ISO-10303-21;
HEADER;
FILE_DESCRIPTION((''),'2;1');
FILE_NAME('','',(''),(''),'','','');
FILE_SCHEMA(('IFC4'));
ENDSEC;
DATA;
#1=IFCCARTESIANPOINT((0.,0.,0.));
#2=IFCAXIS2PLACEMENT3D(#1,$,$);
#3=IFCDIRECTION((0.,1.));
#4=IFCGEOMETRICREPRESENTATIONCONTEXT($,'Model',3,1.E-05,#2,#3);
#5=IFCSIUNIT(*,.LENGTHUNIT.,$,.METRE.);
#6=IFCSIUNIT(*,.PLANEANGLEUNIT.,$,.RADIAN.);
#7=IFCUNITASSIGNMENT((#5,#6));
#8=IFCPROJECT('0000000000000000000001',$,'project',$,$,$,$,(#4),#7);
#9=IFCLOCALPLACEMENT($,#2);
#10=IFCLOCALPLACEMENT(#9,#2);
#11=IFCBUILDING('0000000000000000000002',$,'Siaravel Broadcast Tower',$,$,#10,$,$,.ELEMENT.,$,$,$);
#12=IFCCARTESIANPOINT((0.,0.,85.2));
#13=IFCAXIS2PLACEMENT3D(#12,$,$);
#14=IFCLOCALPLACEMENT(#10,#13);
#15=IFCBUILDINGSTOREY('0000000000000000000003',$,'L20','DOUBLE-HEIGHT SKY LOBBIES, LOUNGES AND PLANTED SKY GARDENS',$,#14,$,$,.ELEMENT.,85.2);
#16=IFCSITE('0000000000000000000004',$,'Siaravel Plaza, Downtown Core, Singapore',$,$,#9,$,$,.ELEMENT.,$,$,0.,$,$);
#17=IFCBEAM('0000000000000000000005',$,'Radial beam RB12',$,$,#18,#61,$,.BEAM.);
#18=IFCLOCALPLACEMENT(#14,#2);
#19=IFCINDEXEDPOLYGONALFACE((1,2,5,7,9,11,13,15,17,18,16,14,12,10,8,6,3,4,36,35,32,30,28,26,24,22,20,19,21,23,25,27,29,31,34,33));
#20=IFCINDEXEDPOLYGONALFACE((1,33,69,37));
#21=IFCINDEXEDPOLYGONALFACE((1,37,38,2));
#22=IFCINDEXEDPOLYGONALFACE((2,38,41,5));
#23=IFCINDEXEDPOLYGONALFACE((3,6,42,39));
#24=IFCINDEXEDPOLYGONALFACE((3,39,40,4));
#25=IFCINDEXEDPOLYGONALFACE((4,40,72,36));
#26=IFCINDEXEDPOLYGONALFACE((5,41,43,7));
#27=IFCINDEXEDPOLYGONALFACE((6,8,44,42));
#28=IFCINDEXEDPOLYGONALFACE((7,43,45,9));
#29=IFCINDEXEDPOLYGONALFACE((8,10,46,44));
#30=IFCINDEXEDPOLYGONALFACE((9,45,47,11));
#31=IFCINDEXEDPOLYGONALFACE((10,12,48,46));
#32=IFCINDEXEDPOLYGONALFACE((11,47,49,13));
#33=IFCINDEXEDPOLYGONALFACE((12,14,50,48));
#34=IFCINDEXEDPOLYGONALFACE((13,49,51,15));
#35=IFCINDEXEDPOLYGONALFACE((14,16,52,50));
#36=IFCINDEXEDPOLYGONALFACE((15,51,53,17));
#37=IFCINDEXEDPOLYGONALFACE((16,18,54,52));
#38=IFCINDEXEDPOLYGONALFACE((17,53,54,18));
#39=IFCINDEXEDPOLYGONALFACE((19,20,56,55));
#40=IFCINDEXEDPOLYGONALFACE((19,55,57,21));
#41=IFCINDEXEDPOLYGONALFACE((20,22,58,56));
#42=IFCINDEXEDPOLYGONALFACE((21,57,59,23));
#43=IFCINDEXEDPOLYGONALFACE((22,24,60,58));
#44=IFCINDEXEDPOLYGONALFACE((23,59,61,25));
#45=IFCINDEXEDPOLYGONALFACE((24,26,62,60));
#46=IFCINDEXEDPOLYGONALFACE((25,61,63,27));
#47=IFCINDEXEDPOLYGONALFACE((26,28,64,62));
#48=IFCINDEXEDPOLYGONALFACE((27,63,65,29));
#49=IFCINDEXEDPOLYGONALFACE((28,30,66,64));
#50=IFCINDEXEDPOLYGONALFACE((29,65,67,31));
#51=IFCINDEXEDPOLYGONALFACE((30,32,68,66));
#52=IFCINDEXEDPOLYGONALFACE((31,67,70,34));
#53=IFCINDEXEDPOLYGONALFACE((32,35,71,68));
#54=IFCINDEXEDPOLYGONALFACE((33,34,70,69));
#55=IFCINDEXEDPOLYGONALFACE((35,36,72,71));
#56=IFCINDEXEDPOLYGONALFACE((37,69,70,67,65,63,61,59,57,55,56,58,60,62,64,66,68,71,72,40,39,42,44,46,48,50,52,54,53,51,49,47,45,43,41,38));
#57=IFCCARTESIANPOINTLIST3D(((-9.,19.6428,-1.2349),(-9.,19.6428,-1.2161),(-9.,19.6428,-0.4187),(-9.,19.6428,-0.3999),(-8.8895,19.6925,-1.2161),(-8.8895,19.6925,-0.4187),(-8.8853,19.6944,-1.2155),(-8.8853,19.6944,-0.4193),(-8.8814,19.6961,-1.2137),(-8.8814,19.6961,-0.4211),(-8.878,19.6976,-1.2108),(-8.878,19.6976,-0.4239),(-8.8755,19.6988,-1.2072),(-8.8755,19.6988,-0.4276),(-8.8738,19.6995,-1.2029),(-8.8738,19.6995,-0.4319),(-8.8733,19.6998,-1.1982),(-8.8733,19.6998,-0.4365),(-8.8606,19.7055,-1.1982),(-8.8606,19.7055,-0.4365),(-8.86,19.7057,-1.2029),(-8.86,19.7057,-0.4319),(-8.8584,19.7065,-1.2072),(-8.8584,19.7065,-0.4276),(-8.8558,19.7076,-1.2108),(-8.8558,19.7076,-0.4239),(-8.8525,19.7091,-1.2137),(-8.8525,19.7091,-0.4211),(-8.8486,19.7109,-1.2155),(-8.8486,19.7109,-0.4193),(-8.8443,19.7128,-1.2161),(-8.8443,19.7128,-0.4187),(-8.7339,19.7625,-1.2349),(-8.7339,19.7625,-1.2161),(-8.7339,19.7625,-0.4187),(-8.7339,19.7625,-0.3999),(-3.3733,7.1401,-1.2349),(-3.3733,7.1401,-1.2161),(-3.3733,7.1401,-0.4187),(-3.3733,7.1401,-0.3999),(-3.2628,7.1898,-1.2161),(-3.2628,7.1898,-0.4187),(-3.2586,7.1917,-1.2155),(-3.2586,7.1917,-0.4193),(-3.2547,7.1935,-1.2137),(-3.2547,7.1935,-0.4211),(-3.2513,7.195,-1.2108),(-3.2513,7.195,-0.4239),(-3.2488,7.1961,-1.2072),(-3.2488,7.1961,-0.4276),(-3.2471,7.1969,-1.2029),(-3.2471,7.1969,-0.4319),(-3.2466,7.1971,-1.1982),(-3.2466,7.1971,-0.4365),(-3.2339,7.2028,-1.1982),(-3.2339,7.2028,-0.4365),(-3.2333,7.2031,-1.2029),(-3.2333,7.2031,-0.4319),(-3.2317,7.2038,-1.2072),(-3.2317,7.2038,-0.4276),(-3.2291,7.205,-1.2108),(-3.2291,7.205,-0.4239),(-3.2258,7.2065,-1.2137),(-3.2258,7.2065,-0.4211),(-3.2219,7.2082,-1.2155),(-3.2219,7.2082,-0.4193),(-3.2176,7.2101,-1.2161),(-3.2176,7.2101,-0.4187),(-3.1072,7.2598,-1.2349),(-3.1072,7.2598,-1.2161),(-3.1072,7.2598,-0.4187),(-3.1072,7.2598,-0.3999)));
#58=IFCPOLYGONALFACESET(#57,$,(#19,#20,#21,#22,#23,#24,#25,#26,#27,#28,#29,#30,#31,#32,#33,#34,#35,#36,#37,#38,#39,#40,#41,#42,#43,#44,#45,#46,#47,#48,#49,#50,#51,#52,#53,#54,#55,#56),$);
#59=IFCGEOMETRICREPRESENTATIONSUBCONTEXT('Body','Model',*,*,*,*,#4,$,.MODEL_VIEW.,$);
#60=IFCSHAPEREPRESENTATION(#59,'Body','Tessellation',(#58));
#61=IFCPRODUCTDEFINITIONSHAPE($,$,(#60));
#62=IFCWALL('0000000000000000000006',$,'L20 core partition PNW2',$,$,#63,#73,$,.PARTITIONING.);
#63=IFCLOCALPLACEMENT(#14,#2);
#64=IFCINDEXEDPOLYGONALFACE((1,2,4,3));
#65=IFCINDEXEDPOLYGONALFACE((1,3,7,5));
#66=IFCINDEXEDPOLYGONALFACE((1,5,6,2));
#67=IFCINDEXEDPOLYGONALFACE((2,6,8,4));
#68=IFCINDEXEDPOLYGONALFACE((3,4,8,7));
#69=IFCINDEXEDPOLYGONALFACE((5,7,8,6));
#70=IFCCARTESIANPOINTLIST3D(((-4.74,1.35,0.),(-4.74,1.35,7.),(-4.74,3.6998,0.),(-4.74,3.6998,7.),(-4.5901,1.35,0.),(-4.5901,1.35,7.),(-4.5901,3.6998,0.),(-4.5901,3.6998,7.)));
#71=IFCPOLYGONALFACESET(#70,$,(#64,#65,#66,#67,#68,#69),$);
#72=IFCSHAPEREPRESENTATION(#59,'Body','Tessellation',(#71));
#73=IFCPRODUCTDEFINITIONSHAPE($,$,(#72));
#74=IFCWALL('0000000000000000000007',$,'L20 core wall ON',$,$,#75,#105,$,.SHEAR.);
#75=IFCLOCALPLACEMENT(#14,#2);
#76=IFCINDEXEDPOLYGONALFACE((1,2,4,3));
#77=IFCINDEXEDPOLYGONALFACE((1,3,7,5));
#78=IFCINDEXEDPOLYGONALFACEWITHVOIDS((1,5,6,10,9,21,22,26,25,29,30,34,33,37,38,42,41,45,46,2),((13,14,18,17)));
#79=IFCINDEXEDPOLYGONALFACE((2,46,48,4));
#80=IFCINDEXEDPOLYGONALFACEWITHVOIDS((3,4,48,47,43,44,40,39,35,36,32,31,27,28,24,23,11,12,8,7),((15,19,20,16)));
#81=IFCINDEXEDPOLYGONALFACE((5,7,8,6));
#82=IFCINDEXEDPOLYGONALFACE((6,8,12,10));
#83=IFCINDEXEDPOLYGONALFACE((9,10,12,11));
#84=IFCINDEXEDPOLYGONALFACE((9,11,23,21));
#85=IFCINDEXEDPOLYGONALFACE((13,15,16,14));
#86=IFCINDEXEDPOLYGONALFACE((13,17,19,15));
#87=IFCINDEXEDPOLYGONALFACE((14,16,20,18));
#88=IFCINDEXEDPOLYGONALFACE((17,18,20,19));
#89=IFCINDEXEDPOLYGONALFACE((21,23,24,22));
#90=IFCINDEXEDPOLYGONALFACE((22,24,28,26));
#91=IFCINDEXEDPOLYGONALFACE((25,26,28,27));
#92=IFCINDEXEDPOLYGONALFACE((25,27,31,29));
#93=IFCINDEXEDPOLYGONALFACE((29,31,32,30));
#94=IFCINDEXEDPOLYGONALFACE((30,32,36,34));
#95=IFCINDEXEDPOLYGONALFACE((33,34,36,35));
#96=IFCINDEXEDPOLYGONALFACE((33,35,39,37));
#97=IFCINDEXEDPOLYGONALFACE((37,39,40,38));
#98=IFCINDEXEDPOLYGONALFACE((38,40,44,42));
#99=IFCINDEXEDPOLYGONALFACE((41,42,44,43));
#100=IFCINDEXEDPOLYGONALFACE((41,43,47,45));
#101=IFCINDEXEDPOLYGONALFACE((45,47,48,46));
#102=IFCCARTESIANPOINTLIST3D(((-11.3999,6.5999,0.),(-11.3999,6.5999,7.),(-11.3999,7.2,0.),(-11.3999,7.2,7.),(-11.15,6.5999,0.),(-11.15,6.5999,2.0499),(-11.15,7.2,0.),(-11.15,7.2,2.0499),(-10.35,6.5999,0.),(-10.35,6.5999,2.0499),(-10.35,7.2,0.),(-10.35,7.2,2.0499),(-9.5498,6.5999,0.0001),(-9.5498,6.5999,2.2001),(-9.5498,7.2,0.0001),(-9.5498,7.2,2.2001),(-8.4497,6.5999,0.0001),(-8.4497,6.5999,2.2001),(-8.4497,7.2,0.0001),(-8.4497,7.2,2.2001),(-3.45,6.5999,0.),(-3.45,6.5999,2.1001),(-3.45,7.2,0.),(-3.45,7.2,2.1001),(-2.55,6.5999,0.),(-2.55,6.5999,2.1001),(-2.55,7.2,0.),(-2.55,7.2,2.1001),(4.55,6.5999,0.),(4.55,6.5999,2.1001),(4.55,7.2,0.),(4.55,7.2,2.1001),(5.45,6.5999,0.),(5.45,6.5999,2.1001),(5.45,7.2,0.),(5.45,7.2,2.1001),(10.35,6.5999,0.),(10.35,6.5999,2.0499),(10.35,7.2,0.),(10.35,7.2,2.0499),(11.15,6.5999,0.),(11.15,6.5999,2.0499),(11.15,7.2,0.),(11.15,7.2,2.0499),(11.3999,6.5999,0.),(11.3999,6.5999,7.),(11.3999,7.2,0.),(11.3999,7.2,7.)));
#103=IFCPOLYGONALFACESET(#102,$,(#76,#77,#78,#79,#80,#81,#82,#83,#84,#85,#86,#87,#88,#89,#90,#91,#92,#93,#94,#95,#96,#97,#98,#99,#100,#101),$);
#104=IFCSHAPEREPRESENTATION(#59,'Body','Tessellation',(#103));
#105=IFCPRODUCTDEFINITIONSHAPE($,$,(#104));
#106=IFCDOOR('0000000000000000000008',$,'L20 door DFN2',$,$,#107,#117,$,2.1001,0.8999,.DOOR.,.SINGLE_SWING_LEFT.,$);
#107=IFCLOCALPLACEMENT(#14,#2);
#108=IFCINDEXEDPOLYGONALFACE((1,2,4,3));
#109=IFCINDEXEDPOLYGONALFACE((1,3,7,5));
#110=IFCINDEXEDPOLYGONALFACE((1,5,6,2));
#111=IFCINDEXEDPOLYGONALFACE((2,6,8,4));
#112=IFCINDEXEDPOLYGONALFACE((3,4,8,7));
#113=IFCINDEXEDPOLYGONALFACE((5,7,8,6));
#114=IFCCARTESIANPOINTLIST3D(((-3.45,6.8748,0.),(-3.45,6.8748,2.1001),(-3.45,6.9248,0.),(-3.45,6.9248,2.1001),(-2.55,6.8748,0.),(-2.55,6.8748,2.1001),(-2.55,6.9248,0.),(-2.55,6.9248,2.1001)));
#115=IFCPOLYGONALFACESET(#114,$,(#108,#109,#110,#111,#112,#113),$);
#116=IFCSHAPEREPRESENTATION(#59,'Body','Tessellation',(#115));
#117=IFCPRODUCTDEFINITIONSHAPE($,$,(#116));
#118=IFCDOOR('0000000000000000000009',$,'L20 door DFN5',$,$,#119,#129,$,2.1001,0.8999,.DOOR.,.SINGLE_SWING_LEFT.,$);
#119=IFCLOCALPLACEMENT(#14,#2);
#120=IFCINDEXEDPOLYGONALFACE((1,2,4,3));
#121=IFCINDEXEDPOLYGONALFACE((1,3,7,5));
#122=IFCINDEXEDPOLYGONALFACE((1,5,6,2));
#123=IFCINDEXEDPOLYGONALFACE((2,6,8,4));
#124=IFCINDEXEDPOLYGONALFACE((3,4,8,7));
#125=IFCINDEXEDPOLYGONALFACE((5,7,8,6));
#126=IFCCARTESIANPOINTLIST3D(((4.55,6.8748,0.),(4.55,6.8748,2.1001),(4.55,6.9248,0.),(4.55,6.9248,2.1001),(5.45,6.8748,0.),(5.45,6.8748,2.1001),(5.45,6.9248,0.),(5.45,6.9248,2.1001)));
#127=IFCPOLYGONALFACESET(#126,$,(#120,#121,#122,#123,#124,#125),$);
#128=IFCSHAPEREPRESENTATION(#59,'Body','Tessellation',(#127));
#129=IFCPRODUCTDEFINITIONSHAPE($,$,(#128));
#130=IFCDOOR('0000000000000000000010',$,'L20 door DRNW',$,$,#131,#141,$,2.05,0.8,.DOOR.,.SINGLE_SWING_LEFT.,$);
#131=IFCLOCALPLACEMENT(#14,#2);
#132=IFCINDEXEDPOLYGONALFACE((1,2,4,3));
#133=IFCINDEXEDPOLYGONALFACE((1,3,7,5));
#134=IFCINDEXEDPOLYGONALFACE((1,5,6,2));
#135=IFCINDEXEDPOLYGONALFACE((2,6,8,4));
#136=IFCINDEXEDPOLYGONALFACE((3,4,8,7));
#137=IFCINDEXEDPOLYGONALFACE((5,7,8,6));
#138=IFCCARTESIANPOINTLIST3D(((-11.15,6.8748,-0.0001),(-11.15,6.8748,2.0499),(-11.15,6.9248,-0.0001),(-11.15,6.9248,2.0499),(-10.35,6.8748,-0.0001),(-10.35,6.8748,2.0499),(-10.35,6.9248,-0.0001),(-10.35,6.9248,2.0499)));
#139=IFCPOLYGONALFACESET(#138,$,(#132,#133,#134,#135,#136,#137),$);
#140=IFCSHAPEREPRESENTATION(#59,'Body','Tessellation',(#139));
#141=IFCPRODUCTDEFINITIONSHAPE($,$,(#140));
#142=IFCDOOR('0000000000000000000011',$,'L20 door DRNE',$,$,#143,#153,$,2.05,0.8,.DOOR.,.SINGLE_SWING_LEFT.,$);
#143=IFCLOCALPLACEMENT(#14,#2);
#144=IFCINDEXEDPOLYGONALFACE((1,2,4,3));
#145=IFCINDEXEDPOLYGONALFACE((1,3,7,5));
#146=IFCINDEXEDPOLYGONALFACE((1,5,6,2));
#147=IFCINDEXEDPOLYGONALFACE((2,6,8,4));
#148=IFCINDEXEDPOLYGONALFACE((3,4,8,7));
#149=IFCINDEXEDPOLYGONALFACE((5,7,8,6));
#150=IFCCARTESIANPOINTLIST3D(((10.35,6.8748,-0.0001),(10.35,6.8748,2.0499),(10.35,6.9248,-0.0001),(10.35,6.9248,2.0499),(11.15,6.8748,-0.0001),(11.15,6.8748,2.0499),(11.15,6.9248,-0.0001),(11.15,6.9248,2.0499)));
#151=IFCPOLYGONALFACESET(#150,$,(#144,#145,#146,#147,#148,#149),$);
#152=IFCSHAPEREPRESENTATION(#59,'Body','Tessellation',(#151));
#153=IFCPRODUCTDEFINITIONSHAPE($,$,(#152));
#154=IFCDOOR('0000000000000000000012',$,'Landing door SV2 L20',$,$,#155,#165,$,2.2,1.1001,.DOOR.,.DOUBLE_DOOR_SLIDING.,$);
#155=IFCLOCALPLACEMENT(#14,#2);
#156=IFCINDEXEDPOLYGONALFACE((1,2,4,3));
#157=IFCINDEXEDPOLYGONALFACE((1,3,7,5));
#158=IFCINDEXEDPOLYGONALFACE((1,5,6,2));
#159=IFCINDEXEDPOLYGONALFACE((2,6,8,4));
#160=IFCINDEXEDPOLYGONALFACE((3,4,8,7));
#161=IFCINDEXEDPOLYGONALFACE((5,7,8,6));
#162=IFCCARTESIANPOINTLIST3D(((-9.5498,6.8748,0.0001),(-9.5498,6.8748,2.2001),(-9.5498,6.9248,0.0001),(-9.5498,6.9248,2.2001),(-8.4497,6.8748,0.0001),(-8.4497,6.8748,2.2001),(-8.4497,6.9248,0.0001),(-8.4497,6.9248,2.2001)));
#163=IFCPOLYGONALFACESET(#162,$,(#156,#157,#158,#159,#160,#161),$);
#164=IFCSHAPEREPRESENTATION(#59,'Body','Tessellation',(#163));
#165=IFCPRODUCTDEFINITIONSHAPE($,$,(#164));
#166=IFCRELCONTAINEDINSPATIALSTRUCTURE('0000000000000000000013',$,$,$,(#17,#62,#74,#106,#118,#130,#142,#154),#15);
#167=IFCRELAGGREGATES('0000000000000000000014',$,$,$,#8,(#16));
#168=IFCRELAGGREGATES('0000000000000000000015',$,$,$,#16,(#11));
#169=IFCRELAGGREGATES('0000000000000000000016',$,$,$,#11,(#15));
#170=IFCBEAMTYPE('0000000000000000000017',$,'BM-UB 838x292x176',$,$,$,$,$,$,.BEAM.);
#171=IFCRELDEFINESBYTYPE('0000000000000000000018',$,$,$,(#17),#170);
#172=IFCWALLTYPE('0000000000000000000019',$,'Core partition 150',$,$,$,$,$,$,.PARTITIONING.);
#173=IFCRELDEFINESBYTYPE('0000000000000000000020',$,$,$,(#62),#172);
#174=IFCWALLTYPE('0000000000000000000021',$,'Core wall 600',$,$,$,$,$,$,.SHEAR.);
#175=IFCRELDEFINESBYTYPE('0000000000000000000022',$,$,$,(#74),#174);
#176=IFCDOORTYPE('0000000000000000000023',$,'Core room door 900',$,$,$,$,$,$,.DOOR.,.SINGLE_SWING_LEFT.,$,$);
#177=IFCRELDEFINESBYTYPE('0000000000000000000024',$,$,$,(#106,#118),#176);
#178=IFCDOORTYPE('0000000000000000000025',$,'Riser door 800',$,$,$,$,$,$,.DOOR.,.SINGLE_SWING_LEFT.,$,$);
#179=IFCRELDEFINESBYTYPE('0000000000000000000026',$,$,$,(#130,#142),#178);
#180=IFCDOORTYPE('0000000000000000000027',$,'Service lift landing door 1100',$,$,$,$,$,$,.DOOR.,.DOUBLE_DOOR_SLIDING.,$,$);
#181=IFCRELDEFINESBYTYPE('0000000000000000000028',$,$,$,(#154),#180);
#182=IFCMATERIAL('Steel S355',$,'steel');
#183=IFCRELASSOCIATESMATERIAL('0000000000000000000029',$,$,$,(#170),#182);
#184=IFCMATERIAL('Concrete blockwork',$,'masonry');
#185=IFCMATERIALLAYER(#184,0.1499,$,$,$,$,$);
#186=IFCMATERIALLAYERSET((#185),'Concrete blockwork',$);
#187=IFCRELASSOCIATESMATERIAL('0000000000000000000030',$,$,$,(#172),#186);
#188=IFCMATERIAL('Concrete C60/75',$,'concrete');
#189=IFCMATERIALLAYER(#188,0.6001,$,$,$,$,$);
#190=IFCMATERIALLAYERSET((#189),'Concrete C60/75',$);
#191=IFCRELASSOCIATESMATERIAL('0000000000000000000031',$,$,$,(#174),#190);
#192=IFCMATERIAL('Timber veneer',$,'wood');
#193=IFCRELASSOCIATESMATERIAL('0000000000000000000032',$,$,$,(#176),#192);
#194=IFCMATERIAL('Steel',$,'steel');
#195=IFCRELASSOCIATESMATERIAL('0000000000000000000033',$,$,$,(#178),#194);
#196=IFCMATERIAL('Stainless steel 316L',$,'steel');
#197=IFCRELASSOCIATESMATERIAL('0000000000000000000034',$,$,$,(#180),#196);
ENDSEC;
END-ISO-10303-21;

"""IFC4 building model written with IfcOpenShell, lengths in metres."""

from ifc_helpers import new_model, si_unit, direction, frame, frame_2d, origin, origin_2d, place, context, subcontext, project, spatial, rectangle, i_section, extrude, material, layer, layer_set, material_profile, profile_set, type_object, element, fill, save


model = new_model("IFC4")

# Units and contexts
model_context = context("Model", 3, precision=1e-05, world=origin(), true_north=direction((0.0, 1.0)))
body_context = subcontext(model_context, "Body", "Model", "MODEL_VIEW")
ifc_project = project(units=[si_unit("LENGTHUNIT", "METRE"), si_unit("PLANEANGLEUNIT", "RADIAN")], contexts=[model_context])

# Site, building, storey
site_placement = place(None, origin())
site = spatial("IfcSite", under=ifc_project, at=site_placement, Name="Siaravel Plaza, Downtown Core, Singapore", CompositionType="ELEMENT", RefElevation=0.0)
building_placement = place(site_placement, origin())
building = spatial("IfcBuilding", under=site, at=building_placement, Name="Siaravel Broadcast Tower", CompositionType="ELEMENT")
storey_placement = place(building_placement, frame((0.0, 0.0, 85.2)))
storey = spatial("IfcBuildingStorey", under=building, at=storey_placement, Name="L20", Description="DOUBLE-HEIGHT SKY LOBBIES, LOUNGES AND PLANTED SKY GARDENS", CompositionType="ELEMENT", Elevation=85.2)

# Beam
ifc_material_1 = material(Name="Steel S355", Category="steel")
ifc_material_profile_1 = material_profile(ifc_material_1, i_section(OverallWidth=0.2917, OverallDepth=0.835, WebThickness=0.0139, FlangeThickness=0.0188, FilletRadius=0.0178, at=origin_2d()))
ifc_profile_set_1 = profile_set([ifc_material_profile_1], Name="Steel S355")
beam_type = type_object("IfcBeamType", Name="BM-UB 838x292x176", PredefinedType="BEAM", material=ifc_profile_set_1)
beam_1_placement = place(storey_placement, frame((-8.8669, 19.7026, -0.8174), z_axis=(0.410395, -0.911908, 0.0), x_axis=(0.911908, 0.410395, 0.0)))
element("IfcBeam", 1, at=beam_1_placement, inside=storey, type_object=beam_type, Name="Radial beam RB12", PredefinedType="BEAM", context=body_context, shape_type="SweptSolid", body=[
    extrude(i_section(OverallWidth=0.2917, OverallDepth=0.835, WebThickness=0.0139, FlangeThickness=0.0188, FilletRadius=0.0178, at=origin_2d()), origin(), (0.0, 0.0, 1.0), 13.7104),
])

# Wall
ifc_material_2 = material(Name="Concrete blockwork", Category="masonry")
ifc_layer_1 = layer(ifc_material_2, 0.1499)
ifc_layer_set_1 = layer_set([ifc_layer_1], Name="Concrete blockwork")
wall_type_1 = type_object("IfcWallType", Name="Core partition 150", PredefinedType="PARTITIONING", material=ifc_layer_set_1)
wall_1_placement = place(storey_placement, frame((-4.665, 1.3501, 0.0), z_axis=(0.0, 0.0, 1.0), x_axis=(0.0, 1.0, 0.0)))
element("IfcWall", 2, at=wall_1_placement, inside=storey, type_object=wall_type_1, Name="L20 core partition PNW2", PredefinedType="PARTITIONING", context=body_context, shape_type="SweptSolid", body=[
    extrude(rectangle(XDim=2.3499, YDim=0.1499, at=frame_2d((1.1748, 0.0))), origin(), (0.0, 0.0, 1.0), 7.0),
])

# Wall, openings, doors
ifc_material_3 = material(Name="Concrete C60/75", Category="concrete")
ifc_layer_2 = layer(ifc_material_3, 0.6001)
ifc_layer_set_2 = layer_set([ifc_layer_2], Name="Concrete C60/75")
wall_type_2 = type_object("IfcWallType", Name="Core wall 600", PredefinedType="SHEAR", material=ifc_layer_set_2)
wall_2_placement = place(storey_placement, frame((-11.3999, 6.8999, 0.0), z_axis=(0.0, 0.0, 1.0), x_axis=(1.0, 0.0, 0.0)))
wall_2 = element("IfcWall", 3, at=wall_2_placement, inside=storey, type_object=wall_type_2, Name="L20 core wall ON", PredefinedType="SHEAR", context=body_context, shape_type="SweptSolid", body=[
    extrude(rectangle(XDim=22.7998, YDim=0.6001, at=frame_2d((11.3999, 0.0))), origin(), (0.0, 0.0, 1.0), 7.0),
])
opening_1_placement = place(wall_2_placement, frame((1.8501, 0.0, 0.0)))
opening_1 = element("IfcOpeningElement", 4, at=opening_1_placement, cuts=wall_2, PredefinedType="OPENING", context=body_context, shape_type="SweptSolid", body=[
    extrude(rectangle(XDim=1.1001, YDim=2.2, at=frame_2d((0.55, 1.1001))), frame((0.0, 0.3101, 0.0), z_axis=(0.0, -1.0, 0.0), x_axis=(1.0, 0.0, 0.0)), (0.0, 0.0, 1.0), 0.6201),
])
opening_2_placement = place(wall_2_placement, frame((7.95, 0.0, 0.0)))
opening_2 = element("IfcOpeningElement", 5, at=opening_2_placement, cuts=wall_2, PredefinedType="OPENING", context=body_context, shape_type="SweptSolid", body=[
    extrude(rectangle(XDim=0.8999, YDim=2.1001, at=frame_2d((0.45, 1.05))), frame((0.0, 0.3101, 0.0), z_axis=(0.0, -1.0, 0.0), x_axis=(1.0, 0.0, 0.0)), (0.0, 0.0, 1.0), 0.6201),
])
opening_3_placement = place(wall_2_placement, frame((15.95, 0.0, 0.0)))
opening_3 = element("IfcOpeningElement", 6, at=opening_3_placement, cuts=wall_2, PredefinedType="OPENING", context=body_context, shape_type="SweptSolid", body=[
    extrude(rectangle(XDim=0.8999, YDim=2.1001, at=frame_2d((0.45, 1.05))), frame((0.0, 0.3101, 0.0), z_axis=(0.0, -1.0, 0.0), x_axis=(1.0, 0.0, 0.0)), (0.0, 0.0, 1.0), 0.6201),
])
opening_4_placement = place(wall_2_placement, frame((0.25, 0.0, 0.0)))
opening_4 = element("IfcOpeningElement", 7, at=opening_4_placement, cuts=wall_2, PredefinedType="OPENING", context=body_context, shape_type="SweptSolid", body=[
    extrude(rectangle(XDim=0.8, YDim=2.05, at=frame_2d((0.3999, 1.0249))), frame((0.0, 0.3101, 0.0), z_axis=(0.0, -1.0, 0.0), x_axis=(1.0, 0.0, 0.0)), (0.0, 0.0, 1.0), 0.6201),
])
opening_5_placement = place(wall_2_placement, frame((21.75, 0.0, 0.0)))
opening_5 = element("IfcOpeningElement", 8, at=opening_5_placement, cuts=wall_2, PredefinedType="OPENING", context=body_context, shape_type="SweptSolid", body=[
    extrude(rectangle(XDim=0.8, YDim=2.05, at=frame_2d((0.3999, 1.0249))), frame((0.0, 0.3101, 0.0), z_axis=(0.0, -1.0, 0.0), x_axis=(1.0, 0.0, 0.0)), (0.0, 0.0, 1.0), 0.6201),
])
ifc_material_4 = material(Name="Timber veneer", Category="wood")
door_type_1 = type_object("IfcDoorType", Name="Core room door 900", OperationType="SINGLE_SWING_LEFT", PredefinedType="DOOR", material=ifc_material_4)
door_1_placement = place(opening_2_placement, origin())
door_1 = element("IfcDoor", 9, at=door_1_placement, inside=storey, type_object=door_type_1, Name="L20 door DFN2", OperationType="SINGLE_SWING_LEFT", OverallHeight=2.1001, OverallWidth=0.8999, PredefinedType="DOOR", context=body_context, shape_type="SweptSolid", body=[
    extrude(rectangle(XDim=0.8999, YDim=2.1001, at=frame_2d((0.45, 1.05))), frame((0.0, 0.0249, 0.0), z_axis=(0.0, -1.0, 0.0), x_axis=(1.0, 0.0, 0.0)), (0.0, 0.0, 1.0), 0.05),
])
fill(opening_2, door_1)
door_2_placement = place(opening_3_placement, origin())
door_2 = element("IfcDoor", 10, at=door_2_placement, inside=storey, type_object=door_type_1, Name="L20 door DFN5", OperationType="SINGLE_SWING_LEFT", OverallHeight=2.1001, OverallWidth=0.8999, PredefinedType="DOOR", context=body_context, shape_type="SweptSolid", body=[
    extrude(rectangle(XDim=0.8999, YDim=2.1001, at=frame_2d((0.45, 1.05))), frame((0.0, 0.0249, 0.0), z_axis=(0.0, -1.0, 0.0), x_axis=(1.0, 0.0, 0.0)), (0.0, 0.0, 1.0), 0.05),
])
fill(opening_3, door_2)
ifc_material_5 = material(Name="Steel", Category="steel")
door_type_2 = type_object("IfcDoorType", Name="Riser door 800", OperationType="SINGLE_SWING_LEFT", PredefinedType="DOOR", material=ifc_material_5)
door_3_placement = place(opening_4_placement, origin())
door_3 = element("IfcDoor", 11, at=door_3_placement, inside=storey, type_object=door_type_2, Name="L20 door DRNW", OperationType="SINGLE_SWING_LEFT", OverallHeight=2.05, OverallWidth=0.8, PredefinedType="DOOR", context=body_context, shape_type="SweptSolid", body=[
    extrude(rectangle(XDim=0.8, YDim=2.05, at=frame_2d((0.3999, 1.0249))), frame((0.0, 0.0249, 0.0), z_axis=(0.0, -1.0, 0.0), x_axis=(1.0, 0.0, 0.0)), (0.0, 0.0, 1.0), 0.05),
])
fill(opening_4, door_3)
door_4_placement = place(opening_5_placement, origin())
door_4 = element("IfcDoor", 12, at=door_4_placement, inside=storey, type_object=door_type_2, Name="L20 door DRNE", OperationType="SINGLE_SWING_LEFT", OverallHeight=2.05, OverallWidth=0.8, PredefinedType="DOOR", context=body_context, shape_type="SweptSolid", body=[
    extrude(rectangle(XDim=0.8, YDim=2.05, at=frame_2d((0.3999, 1.0249))), frame((0.0, 0.0249, 0.0), z_axis=(0.0, -1.0, 0.0), x_axis=(1.0, 0.0, 0.0)), (0.0, 0.0, 1.0), 0.05),
])
fill(opening_5, door_4)
ifc_material_6 = material(Name="Stainless steel 316L", Category="steel")
door_type_3 = type_object("IfcDoorType", Name="Service lift landing door 1100", OperationType="DOUBLE_DOOR_SLIDING", PredefinedType="DOOR", material=ifc_material_6)
door_5_placement = place(opening_1_placement, origin())
door_5 = element("IfcDoor", 13, at=door_5_placement, inside=storey, type_object=door_type_3, Name="Landing door SV2 L20", OperationType="DOUBLE_DOOR_SLIDING", OverallHeight=2.2, OverallWidth=1.1001, PredefinedType="DOOR", context=body_context, shape_type="SweptSolid", body=[
    extrude(rectangle(XDim=1.1001, YDim=2.2, at=frame_2d((0.55, 1.1001))), frame((0.0, 0.0249, 0.0), z_axis=(0.0, -1.0, 0.0), x_axis=(1.0, 0.0, 0.0)), (0.0, 0.0, 1.0), 0.05),
])
fill(opening_1, door_5)

save(model, "model.ifc")
